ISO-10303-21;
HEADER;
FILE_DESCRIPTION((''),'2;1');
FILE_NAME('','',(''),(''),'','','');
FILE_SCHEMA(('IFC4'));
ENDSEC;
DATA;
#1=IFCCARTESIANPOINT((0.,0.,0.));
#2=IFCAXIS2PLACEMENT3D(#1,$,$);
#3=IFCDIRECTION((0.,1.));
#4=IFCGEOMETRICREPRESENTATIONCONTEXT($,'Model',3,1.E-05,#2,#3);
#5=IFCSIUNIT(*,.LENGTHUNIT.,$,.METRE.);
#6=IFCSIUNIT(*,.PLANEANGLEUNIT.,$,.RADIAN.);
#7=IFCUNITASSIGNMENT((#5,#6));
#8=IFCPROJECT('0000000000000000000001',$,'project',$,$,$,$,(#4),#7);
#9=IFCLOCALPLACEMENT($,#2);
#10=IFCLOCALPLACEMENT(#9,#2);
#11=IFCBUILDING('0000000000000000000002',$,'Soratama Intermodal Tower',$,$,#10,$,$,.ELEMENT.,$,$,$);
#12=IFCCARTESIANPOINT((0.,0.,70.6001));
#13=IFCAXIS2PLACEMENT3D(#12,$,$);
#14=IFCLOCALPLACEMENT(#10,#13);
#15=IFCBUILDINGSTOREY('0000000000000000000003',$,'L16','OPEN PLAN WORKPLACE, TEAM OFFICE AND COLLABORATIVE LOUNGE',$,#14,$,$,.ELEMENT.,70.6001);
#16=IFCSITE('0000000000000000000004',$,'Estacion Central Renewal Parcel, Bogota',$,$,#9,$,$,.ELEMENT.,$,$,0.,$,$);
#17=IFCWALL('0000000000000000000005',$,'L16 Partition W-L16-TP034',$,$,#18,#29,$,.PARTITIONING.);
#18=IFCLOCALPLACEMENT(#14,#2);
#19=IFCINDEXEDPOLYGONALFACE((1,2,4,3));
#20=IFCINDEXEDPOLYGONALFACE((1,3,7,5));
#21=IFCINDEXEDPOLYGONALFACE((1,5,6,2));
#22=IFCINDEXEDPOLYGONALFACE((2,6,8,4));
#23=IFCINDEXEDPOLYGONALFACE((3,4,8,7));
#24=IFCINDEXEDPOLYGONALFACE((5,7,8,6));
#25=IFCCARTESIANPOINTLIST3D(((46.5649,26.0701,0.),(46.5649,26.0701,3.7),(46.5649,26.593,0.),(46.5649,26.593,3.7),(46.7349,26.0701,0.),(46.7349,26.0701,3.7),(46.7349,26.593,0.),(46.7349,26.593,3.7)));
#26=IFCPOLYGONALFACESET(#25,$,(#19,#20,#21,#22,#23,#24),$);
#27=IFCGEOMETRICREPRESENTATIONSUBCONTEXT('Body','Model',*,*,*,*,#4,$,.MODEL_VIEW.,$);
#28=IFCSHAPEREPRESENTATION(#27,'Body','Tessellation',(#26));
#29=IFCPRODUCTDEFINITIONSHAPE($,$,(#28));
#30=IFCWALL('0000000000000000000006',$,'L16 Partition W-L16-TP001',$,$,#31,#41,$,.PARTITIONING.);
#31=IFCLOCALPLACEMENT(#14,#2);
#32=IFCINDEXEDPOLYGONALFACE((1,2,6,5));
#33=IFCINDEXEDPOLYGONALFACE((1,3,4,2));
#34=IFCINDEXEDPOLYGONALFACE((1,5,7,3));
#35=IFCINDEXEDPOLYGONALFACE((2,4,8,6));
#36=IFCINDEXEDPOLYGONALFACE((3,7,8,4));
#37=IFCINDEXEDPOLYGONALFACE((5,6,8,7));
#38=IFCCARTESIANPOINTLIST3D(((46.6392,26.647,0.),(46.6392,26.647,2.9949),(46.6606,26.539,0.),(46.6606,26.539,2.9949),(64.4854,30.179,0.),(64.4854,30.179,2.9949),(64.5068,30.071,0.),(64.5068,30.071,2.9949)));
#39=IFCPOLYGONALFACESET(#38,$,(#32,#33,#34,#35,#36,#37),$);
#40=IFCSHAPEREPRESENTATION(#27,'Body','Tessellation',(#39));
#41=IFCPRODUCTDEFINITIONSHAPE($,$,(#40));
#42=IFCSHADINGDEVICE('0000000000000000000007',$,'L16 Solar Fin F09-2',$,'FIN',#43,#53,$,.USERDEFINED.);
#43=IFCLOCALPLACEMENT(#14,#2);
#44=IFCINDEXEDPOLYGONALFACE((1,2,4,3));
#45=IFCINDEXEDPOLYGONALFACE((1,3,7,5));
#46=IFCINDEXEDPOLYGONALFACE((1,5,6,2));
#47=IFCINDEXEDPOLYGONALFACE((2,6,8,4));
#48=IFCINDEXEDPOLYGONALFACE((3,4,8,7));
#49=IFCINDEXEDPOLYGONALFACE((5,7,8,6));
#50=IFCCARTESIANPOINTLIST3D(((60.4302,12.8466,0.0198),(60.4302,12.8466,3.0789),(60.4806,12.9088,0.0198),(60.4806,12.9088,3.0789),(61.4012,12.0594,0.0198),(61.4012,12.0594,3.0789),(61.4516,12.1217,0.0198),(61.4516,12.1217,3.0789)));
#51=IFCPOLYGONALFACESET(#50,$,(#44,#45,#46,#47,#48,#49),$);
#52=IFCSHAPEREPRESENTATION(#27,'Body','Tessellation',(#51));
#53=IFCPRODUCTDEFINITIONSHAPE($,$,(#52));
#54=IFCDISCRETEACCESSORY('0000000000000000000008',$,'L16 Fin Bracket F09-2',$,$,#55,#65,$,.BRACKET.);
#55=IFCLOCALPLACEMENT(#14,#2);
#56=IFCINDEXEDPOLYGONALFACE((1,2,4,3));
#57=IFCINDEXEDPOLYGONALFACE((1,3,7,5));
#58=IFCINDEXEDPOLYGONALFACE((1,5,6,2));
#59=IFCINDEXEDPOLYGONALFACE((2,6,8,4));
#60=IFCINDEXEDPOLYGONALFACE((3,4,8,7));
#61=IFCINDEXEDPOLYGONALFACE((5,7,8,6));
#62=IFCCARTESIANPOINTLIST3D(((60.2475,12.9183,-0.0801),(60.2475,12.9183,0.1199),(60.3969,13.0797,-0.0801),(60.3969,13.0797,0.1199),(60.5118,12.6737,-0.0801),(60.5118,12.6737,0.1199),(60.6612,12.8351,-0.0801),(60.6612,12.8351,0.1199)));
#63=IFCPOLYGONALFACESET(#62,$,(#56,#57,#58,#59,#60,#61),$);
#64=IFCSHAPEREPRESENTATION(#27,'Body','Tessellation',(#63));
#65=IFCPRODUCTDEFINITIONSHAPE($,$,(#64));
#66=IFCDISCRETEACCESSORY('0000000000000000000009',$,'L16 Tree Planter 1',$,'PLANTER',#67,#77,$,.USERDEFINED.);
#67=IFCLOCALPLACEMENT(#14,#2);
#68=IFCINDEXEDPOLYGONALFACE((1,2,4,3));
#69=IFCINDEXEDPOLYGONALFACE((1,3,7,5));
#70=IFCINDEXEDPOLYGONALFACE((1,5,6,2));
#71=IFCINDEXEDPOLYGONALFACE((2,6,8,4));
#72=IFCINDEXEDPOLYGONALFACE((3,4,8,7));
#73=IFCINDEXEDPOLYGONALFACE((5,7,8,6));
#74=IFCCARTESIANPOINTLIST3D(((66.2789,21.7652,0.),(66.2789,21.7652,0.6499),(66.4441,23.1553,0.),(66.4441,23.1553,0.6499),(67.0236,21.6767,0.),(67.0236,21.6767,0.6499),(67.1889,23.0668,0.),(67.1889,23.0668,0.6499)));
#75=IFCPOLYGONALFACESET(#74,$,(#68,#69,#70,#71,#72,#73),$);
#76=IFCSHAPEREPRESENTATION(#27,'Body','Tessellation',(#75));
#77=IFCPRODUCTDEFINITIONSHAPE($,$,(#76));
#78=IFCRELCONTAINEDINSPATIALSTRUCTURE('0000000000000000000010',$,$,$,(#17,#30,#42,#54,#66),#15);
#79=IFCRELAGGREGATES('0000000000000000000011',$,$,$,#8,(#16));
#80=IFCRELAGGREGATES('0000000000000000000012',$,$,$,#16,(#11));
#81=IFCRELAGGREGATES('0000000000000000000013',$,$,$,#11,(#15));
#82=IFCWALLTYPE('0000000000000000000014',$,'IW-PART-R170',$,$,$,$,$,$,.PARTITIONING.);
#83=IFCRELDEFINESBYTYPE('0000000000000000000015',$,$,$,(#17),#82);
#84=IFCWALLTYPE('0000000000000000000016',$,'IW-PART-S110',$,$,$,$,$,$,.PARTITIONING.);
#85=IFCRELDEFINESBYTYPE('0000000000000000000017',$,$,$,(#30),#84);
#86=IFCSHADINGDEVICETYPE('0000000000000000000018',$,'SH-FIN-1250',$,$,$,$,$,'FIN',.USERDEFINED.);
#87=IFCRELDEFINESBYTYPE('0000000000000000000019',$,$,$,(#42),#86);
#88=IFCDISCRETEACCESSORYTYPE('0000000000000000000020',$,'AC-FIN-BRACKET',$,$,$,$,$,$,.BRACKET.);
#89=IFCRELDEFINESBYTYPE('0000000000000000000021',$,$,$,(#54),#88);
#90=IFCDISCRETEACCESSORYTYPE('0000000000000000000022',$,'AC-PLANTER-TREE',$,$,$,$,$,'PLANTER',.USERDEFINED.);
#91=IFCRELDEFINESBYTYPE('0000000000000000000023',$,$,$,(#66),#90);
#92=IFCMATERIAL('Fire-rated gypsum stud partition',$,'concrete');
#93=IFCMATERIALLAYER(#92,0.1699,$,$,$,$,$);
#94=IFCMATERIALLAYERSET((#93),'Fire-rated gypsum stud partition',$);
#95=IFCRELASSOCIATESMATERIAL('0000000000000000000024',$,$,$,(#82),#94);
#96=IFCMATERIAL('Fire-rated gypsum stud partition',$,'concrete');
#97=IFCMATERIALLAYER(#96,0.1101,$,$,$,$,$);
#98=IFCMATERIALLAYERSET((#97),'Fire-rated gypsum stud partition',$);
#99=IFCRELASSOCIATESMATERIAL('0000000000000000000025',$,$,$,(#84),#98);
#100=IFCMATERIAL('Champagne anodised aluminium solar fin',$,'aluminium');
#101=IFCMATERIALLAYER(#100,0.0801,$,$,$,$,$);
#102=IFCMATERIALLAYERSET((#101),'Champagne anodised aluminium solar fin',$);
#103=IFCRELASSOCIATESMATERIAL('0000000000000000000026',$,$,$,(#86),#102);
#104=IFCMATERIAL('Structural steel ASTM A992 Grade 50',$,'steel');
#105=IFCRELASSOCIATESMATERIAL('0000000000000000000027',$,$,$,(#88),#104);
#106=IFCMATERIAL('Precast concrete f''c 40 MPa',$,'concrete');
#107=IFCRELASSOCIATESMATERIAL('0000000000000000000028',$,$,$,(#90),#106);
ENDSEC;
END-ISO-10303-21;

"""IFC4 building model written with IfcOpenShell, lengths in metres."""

from ifc_helpers import new_model, si_unit, direction, frame, frame_2d, origin, origin_2d, place, context, subcontext, project, spatial, rectangle, extrude, material, layer, layer_set, type_object, element, save


model = new_model("IFC4")

# Units and contexts
model_context = context("Model", 3, precision=1e-05, world=origin(), true_north=direction((0.0, 1.0)))
body_context = subcontext(model_context, "Body", "Model", "MODEL_VIEW")
ifc_project = project(units=[si_unit("LENGTHUNIT", "METRE"), si_unit("PLANEANGLEUNIT", "RADIAN")], contexts=[model_context])

# Site, building, storey
site_placement = place(None, origin())
site = spatial("IfcSite", under=ifc_project, at=site_placement, Name="Estacion Central Renewal Parcel, Bogota", CompositionType="ELEMENT", RefElevation=0.0)
building_placement = place(site_placement, origin())
building = spatial("IfcBuilding", under=site, at=building_placement, Name="Soratama Intermodal Tower", CompositionType="ELEMENT")
storey_placement = place(building_placement, frame((0.0, 0.0, 70.6001)))
storey = spatial("IfcBuildingStorey", under=building, at=storey_placement, Name="L16", Description="OPEN PLAN WORKPLACE, TEAM OFFICE AND COLLABORATIVE LOUNGE", CompositionType="ELEMENT", Elevation=70.6001)

# Shared definitions
ifc_material_1 = material(Name="Fire-rated gypsum stud partition", Category="concrete")
ifc_layer_1 = layer(ifc_material_1, 0.1699)
ifc_layer_set_1 = layer_set([ifc_layer_1], Name="Fire-rated gypsum stud partition")
wall_type_1 = type_object("IfcWallType", Name="IW-PART-R170", PredefinedType="PARTITIONING", material=ifc_layer_set_1)

# Walls
wall_1_placement = place(storey_placement, frame((46.6499, 26.593, 0.0), z_axis=(0.0, 0.0, 1.0), x_axis=(0.0, -1.0, 0.0)))
element("IfcWall", 1, at=wall_1_placement, inside=storey, type_object=wall_type_1, Name="L16 Partition W-L16-TP034", PredefinedType="PARTITIONING", context=body_context, shape_type="SweptSolid", body=[
    extrude(rectangle(XDim=0.5229, YDim=0.1699, at=frame_2d((0.2615, 0.0))), origin(), (0.0, 0.0, 1.0), 3.7),
])
ifc_material_2 = material(Name="Fire-rated gypsum stud partition", Category="concrete")
ifc_layer_2 = layer(ifc_material_2, 0.1101)
ifc_layer_set_2 = layer_set([ifc_layer_2], Name="Fire-rated gypsum stud partition")
wall_type_2 = type_object("IfcWallType", Name="IW-PART-S110", PredefinedType="PARTITIONING", material=ifc_layer_set_2)
wall_2_placement = place(storey_placement, frame((46.6499, 26.593, 0.0), z_axis=(0.0, 0.0, 1.0), x_axis=(0.980973, 0.194147, 0.0)))
element("IfcWall", 2, at=wall_2_placement, inside=storey, type_object=wall_type_2, Name="L16 Partition W-L16-TP001", PredefinedType="PARTITIONING", context=body_context, shape_type="SweptSolid", body=[
    extrude(rectangle(XDim=18.1924, YDim=0.1101, at=frame_2d((9.0962, 0.0))), origin(), (0.0, 0.0, 1.0), 2.9949),
])

# Shading device
ifc_material_3 = material(Name="Champagne anodised aluminium solar fin", Category="aluminium")
ifc_layer_3 = layer(ifc_material_3, 0.0801)
ifc_layer_set_3 = layer_set([ifc_layer_3], Name="Champagne anodised aluminium solar fin")
shading_device_type = type_object("IfcShadingDeviceType", Name="SH-FIN-1250", ElementType="FIN", PredefinedType="USERDEFINED", material=ifc_layer_set_3)
shading_device_placement = place(storey_placement, frame((60.9409, 12.4841, 0.0198), z_axis=(0.0, 0.0, 1.0), x_axis=(0.776816, -0.629727, 0.0)))
element("IfcShadingDevice", 3, at=shading_device_placement, inside=storey, type_object=shading_device_type, Name="L16 Solar Fin F09-2", ObjectType="FIN", PredefinedType="USERDEFINED", context=body_context, shape_type="SweptSolid", body=[
    extrude(rectangle(XDim=1.25, YDim=0.0801, at=origin_2d()), origin(), (0.0, 0.0, 1.0), 3.0591),
])

# Discrete accessories
ifc_material_4 = material(Name="Structural steel ASTM A992 Grade 50", Category="steel")
discrete_accessory_type_1 = type_object("IfcDiscreteAccessoryType", Name="AC-FIN-BRACKET", PredefinedType="BRACKET", material=ifc_material_4)
discrete_accessory_1_placement = place(storey_placement, frame((60.4543, 12.8767, -0.0801), z_axis=(0.0, 0.0, 1.0), x_axis=(0.733967, -0.679185, 0.0)))
element("IfcDiscreteAccessory", 4, at=discrete_accessory_1_placement, inside=storey, type_object=discrete_accessory_type_1, Name="L16 Fin Bracket F09-2", PredefinedType="BRACKET", context=body_context, shape_type="SweptSolid", body=[
    extrude(rectangle(XDim=0.3601, YDim=0.22, at=origin_2d()), origin(), (0.0, 0.0, 1.0), 0.2),
])
ifc_material_5 = material(Name="Precast concrete f'c 40 MPa", Category="concrete")
discrete_accessory_type_2 = type_object("IfcDiscreteAccessoryType", Name="AC-PLANTER-TREE", ElementType="PLANTER", PredefinedType="USERDEFINED", material=ifc_material_5)
discrete_accessory_2_placement = place(storey_placement, frame((66.7339, 22.416, 0.0), z_axis=(0.0, 0.0, 1.0), x_axis=(0.993007, -0.118057, 0.0)))
element("IfcDiscreteAccessory", 5, at=discrete_accessory_2_placement, inside=storey, type_object=discrete_accessory_type_2, Name="L16 Tree Planter 1", ObjectType="PLANTER", PredefinedType="USERDEFINED", context=body_context, shape_type="SweptSolid", body=[
    extrude(rectangle(XDim=0.75, YDim=1.3999, at=origin_2d()), origin(), (0.0, 0.0, 1.0), 0.6499),
])

save(model, "model.ifc")
